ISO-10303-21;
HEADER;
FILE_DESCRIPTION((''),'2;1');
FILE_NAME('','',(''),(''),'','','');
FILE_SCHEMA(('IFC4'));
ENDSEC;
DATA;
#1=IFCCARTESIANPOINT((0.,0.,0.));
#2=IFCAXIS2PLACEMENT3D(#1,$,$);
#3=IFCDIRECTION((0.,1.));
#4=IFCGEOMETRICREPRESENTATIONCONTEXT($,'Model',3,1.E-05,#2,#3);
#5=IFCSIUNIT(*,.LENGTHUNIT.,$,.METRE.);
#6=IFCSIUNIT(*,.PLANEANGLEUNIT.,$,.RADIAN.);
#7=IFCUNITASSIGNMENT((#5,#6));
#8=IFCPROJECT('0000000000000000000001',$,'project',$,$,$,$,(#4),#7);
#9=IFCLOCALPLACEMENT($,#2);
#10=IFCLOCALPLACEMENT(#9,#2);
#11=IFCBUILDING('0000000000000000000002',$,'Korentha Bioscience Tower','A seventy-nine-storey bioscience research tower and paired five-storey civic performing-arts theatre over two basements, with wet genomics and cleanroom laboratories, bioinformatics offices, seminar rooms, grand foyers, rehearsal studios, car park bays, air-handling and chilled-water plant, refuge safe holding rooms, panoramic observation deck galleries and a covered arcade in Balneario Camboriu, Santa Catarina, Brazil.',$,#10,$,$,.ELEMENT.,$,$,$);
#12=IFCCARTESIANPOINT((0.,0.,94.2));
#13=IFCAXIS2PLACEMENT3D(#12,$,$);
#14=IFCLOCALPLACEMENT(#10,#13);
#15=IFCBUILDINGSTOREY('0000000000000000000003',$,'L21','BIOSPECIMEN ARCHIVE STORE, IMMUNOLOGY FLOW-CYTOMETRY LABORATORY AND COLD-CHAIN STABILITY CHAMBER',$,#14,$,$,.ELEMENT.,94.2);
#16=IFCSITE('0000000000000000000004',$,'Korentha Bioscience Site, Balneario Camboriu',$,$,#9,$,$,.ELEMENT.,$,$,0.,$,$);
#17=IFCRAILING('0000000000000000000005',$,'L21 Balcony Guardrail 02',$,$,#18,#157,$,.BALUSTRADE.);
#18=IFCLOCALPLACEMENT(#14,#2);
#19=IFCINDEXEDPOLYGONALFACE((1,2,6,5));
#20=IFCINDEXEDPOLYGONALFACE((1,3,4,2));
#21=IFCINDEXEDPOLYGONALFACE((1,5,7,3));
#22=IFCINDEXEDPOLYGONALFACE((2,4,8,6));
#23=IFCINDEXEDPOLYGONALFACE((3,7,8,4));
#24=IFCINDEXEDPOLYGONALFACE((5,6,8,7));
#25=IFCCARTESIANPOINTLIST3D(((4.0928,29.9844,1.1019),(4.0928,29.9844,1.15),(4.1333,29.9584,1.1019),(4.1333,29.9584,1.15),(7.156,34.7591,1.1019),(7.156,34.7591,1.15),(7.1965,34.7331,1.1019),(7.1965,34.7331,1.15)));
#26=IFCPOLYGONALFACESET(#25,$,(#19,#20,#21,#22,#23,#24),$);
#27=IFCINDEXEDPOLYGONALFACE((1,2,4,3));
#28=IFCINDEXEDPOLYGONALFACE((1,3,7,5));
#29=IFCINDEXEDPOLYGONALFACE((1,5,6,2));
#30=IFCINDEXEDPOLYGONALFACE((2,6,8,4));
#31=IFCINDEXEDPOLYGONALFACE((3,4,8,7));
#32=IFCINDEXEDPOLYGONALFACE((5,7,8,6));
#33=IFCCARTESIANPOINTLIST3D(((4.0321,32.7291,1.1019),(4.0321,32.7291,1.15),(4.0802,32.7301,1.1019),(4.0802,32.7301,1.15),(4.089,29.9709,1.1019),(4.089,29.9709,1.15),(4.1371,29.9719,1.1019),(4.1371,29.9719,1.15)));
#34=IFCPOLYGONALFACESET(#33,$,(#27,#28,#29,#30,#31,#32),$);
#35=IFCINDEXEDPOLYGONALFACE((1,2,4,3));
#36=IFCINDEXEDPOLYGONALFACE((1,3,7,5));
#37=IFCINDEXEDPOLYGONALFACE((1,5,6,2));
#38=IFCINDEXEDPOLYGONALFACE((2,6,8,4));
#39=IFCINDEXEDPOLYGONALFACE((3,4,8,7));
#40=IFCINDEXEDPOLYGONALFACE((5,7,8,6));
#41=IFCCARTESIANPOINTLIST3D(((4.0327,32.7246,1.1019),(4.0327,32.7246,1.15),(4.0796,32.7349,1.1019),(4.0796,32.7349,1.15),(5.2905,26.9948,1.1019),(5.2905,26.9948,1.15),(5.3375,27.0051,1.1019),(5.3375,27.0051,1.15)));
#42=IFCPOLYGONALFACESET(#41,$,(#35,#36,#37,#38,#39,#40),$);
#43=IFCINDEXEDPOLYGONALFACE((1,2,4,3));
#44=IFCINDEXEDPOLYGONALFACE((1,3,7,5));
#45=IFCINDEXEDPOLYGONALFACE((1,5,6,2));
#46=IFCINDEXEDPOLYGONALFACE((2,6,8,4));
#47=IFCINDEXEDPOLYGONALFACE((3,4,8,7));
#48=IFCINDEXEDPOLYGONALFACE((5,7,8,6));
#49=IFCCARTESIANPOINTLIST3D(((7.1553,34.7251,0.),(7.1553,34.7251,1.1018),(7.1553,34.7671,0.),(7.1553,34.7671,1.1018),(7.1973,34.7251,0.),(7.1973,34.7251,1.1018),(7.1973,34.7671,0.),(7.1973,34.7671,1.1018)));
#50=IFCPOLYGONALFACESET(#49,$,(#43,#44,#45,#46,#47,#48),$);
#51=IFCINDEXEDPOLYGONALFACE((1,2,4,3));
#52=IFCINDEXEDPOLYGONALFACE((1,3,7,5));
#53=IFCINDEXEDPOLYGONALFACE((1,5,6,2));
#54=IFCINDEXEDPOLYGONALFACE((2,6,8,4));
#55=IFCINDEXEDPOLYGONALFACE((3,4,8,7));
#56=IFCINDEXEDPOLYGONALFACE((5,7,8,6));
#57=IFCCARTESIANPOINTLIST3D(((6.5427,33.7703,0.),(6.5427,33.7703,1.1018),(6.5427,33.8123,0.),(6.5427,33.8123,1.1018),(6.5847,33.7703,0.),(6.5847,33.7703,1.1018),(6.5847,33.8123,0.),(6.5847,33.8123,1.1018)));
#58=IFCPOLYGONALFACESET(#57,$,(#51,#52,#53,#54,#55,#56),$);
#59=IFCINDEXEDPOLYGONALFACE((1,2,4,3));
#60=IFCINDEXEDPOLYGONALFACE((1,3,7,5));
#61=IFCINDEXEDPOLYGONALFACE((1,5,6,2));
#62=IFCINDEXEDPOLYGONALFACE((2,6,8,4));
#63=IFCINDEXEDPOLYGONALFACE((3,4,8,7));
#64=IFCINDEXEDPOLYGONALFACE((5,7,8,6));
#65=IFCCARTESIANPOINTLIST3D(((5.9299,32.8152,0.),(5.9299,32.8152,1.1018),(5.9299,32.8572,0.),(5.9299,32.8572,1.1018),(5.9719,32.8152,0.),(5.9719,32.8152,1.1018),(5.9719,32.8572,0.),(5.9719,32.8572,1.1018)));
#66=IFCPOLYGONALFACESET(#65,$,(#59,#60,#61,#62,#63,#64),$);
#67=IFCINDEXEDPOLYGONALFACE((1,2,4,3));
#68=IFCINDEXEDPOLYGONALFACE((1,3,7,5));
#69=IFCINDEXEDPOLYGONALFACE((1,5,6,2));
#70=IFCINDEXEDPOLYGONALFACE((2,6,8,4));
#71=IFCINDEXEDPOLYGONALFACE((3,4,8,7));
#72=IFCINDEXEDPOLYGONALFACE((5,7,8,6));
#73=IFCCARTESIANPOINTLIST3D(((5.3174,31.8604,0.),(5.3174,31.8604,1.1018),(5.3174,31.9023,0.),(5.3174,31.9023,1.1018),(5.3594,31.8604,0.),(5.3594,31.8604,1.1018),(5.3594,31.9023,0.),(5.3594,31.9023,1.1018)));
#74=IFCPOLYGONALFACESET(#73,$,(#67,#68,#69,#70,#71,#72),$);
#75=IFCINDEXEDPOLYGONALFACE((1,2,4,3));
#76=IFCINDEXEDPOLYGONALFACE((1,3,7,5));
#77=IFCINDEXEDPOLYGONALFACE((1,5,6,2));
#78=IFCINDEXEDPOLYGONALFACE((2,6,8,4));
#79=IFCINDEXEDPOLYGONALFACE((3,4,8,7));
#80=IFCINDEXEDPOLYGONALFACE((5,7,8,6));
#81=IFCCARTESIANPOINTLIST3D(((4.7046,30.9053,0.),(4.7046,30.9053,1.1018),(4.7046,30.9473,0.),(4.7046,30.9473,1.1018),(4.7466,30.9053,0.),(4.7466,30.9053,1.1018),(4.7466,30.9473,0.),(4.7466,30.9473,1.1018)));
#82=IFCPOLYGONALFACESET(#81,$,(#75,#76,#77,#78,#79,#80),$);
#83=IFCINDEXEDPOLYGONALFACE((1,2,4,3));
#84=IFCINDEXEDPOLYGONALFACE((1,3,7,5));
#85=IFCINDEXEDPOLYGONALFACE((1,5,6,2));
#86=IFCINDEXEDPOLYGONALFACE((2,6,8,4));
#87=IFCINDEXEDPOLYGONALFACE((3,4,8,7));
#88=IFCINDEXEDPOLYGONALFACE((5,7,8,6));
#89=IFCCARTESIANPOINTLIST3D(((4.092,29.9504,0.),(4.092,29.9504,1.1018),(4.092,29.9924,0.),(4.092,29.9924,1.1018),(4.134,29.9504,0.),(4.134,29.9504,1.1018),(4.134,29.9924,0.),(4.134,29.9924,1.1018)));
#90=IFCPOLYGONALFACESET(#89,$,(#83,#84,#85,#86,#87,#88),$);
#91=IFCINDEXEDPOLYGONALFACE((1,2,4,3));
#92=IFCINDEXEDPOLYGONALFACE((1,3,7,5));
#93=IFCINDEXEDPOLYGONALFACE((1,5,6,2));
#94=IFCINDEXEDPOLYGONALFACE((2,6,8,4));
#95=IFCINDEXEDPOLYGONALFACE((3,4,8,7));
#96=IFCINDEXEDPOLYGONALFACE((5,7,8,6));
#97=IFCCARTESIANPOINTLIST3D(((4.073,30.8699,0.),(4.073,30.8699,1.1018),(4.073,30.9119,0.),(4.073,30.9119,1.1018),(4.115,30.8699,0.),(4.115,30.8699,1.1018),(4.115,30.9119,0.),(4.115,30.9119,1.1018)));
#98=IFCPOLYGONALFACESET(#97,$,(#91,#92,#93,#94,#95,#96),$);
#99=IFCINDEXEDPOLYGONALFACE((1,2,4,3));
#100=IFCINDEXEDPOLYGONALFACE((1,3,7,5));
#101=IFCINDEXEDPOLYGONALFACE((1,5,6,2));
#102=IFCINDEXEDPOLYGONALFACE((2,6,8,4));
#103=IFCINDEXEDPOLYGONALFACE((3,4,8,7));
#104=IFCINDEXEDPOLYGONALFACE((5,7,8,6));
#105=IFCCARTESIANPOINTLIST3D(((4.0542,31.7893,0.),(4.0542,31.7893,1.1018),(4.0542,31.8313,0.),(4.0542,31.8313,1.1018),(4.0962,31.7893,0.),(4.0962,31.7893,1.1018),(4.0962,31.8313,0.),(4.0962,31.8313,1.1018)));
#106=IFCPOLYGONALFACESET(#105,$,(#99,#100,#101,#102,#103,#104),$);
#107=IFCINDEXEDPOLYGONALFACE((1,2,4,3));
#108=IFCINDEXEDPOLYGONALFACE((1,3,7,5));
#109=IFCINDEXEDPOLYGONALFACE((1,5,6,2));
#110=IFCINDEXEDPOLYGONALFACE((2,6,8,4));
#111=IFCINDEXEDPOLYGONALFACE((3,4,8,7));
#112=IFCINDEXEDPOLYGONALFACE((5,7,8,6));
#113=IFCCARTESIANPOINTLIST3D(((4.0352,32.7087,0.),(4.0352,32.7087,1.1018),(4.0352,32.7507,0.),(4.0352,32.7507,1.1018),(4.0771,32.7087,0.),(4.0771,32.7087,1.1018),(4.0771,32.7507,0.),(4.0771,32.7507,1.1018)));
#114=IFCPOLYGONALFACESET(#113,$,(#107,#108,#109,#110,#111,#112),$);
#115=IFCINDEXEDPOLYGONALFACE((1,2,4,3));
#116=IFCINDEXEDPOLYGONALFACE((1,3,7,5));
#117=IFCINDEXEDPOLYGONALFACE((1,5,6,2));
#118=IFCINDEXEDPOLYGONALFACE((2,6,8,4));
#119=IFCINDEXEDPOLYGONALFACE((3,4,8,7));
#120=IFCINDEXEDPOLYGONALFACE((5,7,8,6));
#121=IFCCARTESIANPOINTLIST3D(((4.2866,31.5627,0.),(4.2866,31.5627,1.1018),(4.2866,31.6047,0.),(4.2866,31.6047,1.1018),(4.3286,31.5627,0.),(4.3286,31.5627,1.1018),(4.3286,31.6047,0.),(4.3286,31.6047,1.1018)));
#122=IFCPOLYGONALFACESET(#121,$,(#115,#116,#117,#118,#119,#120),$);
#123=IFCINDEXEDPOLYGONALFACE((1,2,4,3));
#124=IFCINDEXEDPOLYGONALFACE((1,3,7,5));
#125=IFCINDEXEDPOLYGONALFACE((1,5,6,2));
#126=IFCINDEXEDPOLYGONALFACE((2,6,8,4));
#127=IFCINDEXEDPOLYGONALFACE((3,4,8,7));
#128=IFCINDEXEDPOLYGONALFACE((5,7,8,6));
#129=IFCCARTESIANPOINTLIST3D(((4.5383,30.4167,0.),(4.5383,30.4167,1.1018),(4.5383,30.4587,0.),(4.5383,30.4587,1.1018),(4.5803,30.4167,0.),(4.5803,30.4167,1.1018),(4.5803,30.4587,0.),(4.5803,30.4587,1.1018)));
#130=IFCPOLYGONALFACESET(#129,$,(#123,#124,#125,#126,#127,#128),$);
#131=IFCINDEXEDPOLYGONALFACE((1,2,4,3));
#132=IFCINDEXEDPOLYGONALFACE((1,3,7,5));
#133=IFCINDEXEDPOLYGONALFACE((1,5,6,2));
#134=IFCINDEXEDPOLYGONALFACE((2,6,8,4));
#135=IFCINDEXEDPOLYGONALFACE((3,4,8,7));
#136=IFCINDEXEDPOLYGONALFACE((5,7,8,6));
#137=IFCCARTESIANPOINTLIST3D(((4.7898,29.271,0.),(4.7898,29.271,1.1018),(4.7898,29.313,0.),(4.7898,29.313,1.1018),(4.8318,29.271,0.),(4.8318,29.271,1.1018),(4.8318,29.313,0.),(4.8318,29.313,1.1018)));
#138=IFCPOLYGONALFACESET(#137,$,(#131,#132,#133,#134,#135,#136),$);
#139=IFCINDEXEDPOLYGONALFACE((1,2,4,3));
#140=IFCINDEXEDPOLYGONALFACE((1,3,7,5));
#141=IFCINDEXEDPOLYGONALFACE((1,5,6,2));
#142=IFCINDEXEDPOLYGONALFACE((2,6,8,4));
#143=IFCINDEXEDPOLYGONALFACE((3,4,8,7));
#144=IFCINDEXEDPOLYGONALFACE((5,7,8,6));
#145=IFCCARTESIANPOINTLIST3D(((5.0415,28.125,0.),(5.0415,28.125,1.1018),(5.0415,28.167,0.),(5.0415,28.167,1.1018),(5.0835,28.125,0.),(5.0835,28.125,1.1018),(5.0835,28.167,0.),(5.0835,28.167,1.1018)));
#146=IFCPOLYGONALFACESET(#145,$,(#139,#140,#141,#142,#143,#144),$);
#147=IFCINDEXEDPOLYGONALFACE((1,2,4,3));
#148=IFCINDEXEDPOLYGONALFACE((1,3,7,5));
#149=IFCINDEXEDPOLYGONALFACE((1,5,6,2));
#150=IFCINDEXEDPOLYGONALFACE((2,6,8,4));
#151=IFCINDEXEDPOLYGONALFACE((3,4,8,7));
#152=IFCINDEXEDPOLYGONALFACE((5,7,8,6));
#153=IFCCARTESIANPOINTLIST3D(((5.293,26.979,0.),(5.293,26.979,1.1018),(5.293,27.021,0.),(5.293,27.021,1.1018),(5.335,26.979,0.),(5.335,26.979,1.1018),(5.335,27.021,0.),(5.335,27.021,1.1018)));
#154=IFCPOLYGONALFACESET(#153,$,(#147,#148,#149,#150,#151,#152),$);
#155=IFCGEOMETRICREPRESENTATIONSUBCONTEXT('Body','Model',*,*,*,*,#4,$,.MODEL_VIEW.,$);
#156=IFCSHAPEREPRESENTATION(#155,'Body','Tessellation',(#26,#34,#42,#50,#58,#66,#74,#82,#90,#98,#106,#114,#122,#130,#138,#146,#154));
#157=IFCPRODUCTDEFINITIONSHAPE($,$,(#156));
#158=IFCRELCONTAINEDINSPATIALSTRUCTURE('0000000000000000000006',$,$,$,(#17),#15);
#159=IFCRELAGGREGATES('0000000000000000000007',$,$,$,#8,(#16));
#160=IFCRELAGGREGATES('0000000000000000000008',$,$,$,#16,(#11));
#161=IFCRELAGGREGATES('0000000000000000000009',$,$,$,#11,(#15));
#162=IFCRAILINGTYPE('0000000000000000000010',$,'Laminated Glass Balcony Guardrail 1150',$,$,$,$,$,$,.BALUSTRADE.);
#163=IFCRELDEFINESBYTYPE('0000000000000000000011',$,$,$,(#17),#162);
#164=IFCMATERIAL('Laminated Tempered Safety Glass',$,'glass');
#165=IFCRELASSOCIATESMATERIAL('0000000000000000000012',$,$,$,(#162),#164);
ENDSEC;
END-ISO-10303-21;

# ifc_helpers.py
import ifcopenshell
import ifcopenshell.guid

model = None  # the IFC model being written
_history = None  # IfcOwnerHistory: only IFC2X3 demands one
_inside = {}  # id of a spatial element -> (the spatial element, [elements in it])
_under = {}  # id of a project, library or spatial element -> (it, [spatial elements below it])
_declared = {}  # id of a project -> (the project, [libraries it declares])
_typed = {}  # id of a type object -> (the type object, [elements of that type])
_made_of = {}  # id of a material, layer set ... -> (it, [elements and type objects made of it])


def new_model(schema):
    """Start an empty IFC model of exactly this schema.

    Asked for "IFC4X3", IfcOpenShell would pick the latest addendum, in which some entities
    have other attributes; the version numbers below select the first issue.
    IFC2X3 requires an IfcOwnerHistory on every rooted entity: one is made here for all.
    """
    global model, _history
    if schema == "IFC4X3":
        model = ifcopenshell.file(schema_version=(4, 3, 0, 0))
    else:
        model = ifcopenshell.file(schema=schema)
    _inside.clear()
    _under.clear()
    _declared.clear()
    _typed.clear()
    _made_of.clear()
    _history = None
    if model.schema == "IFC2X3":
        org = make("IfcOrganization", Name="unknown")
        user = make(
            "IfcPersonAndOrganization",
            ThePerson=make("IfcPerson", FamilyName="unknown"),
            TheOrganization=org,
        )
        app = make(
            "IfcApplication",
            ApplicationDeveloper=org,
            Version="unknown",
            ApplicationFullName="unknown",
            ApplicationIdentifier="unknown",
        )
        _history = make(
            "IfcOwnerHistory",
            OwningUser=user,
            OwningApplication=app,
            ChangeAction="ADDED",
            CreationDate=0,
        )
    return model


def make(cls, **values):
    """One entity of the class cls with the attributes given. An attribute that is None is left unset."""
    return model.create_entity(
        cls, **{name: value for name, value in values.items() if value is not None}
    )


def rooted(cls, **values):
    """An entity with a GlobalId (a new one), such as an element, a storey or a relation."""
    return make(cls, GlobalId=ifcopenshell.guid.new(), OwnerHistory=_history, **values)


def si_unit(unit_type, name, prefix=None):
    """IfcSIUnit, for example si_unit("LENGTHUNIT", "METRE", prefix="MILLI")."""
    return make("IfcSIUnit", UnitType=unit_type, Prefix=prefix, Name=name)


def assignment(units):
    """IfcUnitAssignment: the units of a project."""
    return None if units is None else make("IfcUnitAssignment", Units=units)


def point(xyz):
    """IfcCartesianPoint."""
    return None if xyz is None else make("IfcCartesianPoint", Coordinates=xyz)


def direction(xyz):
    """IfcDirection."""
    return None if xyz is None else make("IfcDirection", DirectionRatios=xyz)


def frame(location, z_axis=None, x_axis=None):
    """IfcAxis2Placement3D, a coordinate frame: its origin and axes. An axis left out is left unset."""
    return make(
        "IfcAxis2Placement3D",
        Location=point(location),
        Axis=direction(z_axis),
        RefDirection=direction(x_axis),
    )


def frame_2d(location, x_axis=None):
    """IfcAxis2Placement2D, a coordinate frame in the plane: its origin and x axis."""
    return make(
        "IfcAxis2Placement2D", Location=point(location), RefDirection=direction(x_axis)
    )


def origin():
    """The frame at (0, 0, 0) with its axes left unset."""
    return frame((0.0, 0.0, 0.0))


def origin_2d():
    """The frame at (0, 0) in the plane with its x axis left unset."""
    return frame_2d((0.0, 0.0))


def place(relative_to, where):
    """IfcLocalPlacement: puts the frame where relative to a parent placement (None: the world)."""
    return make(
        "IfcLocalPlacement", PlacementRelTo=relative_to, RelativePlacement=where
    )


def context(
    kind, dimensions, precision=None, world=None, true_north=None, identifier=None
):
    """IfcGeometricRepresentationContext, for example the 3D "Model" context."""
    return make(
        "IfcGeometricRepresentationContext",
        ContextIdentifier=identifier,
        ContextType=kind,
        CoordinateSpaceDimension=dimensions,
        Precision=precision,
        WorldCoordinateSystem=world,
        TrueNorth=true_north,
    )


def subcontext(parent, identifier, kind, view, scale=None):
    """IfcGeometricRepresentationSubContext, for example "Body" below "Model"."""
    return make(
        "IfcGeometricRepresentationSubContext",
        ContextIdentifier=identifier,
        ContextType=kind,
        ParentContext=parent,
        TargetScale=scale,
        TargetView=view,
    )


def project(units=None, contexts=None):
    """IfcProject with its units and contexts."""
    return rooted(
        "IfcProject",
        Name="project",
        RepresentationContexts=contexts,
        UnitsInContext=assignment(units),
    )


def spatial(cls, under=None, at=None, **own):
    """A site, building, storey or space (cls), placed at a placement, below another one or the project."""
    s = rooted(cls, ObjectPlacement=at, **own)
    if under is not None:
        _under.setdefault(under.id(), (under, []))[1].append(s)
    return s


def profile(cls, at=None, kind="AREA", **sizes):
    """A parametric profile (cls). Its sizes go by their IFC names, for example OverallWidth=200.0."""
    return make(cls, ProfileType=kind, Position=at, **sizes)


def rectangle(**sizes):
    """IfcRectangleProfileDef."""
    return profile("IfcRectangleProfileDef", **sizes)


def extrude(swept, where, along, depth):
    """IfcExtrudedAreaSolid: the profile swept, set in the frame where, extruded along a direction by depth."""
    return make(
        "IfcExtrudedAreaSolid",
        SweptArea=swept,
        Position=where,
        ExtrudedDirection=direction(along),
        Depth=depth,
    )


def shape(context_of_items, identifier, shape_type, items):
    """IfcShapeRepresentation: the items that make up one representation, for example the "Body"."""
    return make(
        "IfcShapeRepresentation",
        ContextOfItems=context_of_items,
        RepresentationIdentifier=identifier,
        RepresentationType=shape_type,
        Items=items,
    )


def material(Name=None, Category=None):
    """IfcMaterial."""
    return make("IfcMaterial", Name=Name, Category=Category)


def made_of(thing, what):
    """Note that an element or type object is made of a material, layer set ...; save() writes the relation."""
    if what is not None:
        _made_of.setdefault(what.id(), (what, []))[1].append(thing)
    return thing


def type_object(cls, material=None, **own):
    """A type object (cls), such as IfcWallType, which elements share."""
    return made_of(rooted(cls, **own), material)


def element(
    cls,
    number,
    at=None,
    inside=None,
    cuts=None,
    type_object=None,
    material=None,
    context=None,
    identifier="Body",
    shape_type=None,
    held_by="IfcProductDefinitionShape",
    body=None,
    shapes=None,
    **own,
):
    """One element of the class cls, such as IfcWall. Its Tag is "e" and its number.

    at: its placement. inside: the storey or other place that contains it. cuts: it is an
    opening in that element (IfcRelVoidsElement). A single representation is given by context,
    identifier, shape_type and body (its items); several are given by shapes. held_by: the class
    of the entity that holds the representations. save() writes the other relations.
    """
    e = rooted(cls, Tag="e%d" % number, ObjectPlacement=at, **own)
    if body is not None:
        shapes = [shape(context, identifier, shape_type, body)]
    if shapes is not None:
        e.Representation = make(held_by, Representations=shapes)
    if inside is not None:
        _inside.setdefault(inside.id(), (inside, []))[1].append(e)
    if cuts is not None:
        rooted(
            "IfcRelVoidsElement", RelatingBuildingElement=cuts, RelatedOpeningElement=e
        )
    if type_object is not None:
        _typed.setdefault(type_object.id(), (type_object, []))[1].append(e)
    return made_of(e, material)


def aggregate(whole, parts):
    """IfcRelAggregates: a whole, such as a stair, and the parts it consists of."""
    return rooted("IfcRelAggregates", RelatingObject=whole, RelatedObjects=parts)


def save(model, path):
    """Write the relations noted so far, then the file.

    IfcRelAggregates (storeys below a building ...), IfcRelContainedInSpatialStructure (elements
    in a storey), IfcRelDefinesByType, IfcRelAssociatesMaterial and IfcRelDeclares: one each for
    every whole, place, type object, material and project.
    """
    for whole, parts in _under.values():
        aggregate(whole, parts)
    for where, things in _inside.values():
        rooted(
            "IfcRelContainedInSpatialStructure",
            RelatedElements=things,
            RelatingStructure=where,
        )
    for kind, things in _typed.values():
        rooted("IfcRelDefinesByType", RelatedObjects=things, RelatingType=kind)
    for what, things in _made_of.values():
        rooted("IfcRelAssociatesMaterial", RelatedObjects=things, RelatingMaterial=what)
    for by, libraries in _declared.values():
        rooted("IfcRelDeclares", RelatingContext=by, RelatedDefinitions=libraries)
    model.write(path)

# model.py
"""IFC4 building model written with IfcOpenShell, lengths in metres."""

from ifc_helpers import new_model, si_unit, direction, frame, origin, origin_2d, place, context, subcontext, project, spatial, rectangle, extrude, material, type_object, element, save


model = new_model("IFC4")

# Units and contexts
model_context = context("Model", 3, precision=1e-05, world=origin(), true_north=direction((0.0, 1.0)))
body_context = subcontext(model_context, "Body", "Model", "MODEL_VIEW")
ifc_project = project(units=[si_unit("LENGTHUNIT", "METRE"), si_unit("PLANEANGLEUNIT", "RADIAN")], contexts=[model_context])

# Site, building, storey
site_placement = place(None, origin())
site = spatial("IfcSite", under=ifc_project, at=site_placement, Name="Korentha Bioscience Site, Balneario Camboriu", CompositionType="ELEMENT", RefElevation=0.0)
building_placement = place(site_placement, origin())
building = spatial("IfcBuilding", under=site, at=building_placement, Name="Korentha Bioscience Tower", Description="A seventy-nine-storey bioscience research tower and paired five-storey civic performing-arts theatre over two basements, with wet genomics and cleanroom laboratories, bioinformatics offices, seminar rooms, grand foyers, rehearsal studios, car park bays, air-handling and chilled-water plant, refuge safe holding rooms, panoramic observation deck galleries and a covered arcade in Balneario Camboriu, Santa Catarina, Brazil.", CompositionType="ELEMENT")
storey_placement = place(building_placement, frame((0.0, 0.0, 94.2)))
storey = spatial("IfcBuildingStorey", under=building, at=storey_placement, Name="L21", Description="BIOSPECIMEN ARCHIVE STORE, IMMUNOLOGY FLOW-CYTOMETRY LABORATORY AND COLD-CHAIN STABILITY CHAMBER", CompositionType="ELEMENT", Elevation=94.2)

# Railing
ifc_material_1 = material(Name="Laminated Tempered Safety Glass", Category="glass")
railing_type = type_object("IfcRailingType", Name="Laminated Glass Balcony Guardrail 1150", PredefinedType="BALUSTRADE", material=ifc_material_1)
railing_placement = place(storey_placement, frame((7.1763, 34.7461, 0.0)))
element("IfcRailing", 1, at=railing_placement, inside=storey, type_object=railing_type, Name="L21 Balcony Guardrail 02", PredefinedType="BALUSTRADE", context=body_context, shape_type="SweptSolid", body=[
    extrude(rectangle(XDim=0.0481, YDim=0.0481, at=origin_2d()), frame((0.0, 0.0, 1.126), z_axis=(-0.539985, -0.841675, 0.0), x_axis=(0.841675, -0.539985, 0.0)), (0.0, 0.0, 1.0), 5.6729),
    extrude(rectangle(XDim=0.0481, YDim=0.0481, at=origin_2d()), frame((-3.0632, -4.7747, 1.126), z_axis=(-0.020619, 0.999787, 0.0), x_axis=(-0.999787, -0.020619, 0.0)), (0.0, 0.0, 1.0), 2.7588),
    extrude(rectangle(XDim=0.0481, YDim=0.0481, at=origin_2d()), frame((-3.1201, -2.0164, 1.126), z_axis=(0.214418, -0.976742, 0.0), x_axis=(0.976742, 0.214418, 0.0)), (0.0, 0.0, 1.0), 5.8662),
    extrude(rectangle(XDim=0.042, YDim=0.042, at=origin_2d()), origin(), (0.0, 0.0, 1.0), 1.1018),
    extrude(rectangle(XDim=0.042, YDim=0.042, at=origin_2d()), frame((-0.6125, -0.9548, 0.0)), (0.0, 0.0, 1.0), 1.1018),
    extrude(rectangle(XDim=0.042, YDim=0.042, at=origin_2d()), frame((-1.2253, -1.9099, 0.0)), (0.0, 0.0, 1.0), 1.1018),
    extrude(rectangle(XDim=0.042, YDim=0.042, at=origin_2d()), frame((-1.8379, -2.8647, 0.0)), (0.0, 0.0, 1.0), 1.1018),
    extrude(rectangle(XDim=0.042, YDim=0.042, at=origin_2d()), frame((-2.4507, -3.8198, 0.0)), (0.0, 0.0, 1.0), 1.1018),
    extrude(rectangle(XDim=0.042, YDim=0.042, at=origin_2d()), frame((-3.0632, -4.7747, 0.0)), (0.0, 0.0, 1.0), 1.1018),
    extrude(rectangle(XDim=0.042, YDim=0.042, at=origin_2d()), frame((-3.0823, -3.8552, 0.0)), (0.0, 0.0, 1.0), 1.1018),
    extrude(rectangle(XDim=0.042, YDim=0.042, at=origin_2d()), frame((-3.1011, -2.9358, 0.0)), (0.0, 0.0, 1.0), 1.1018),
    extrude(rectangle(XDim=0.042, YDim=0.042, at=origin_2d()), frame((-3.1201, -2.0164, 0.0)), (0.0, 0.0, 1.0), 1.1018),
    extrude(rectangle(XDim=0.042, YDim=0.042, at=origin_2d()), frame((-2.8687, -3.1624, 0.0)), (0.0, 0.0, 1.0), 1.1018),
    extrude(rectangle(XDim=0.042, YDim=0.042, at=origin_2d()), frame((-2.6169, -4.3083, 0.0)), (0.0, 0.0, 1.0), 1.1018),
    extrude(rectangle(XDim=0.042, YDim=0.042, at=origin_2d()), frame((-2.3655, -5.4541, 0.0)), (0.0, 0.0, 1.0), 1.1018),
    extrude(rectangle(XDim=0.042, YDim=0.042, at=origin_2d()), frame((-2.1138, -6.6001, 0.0)), (0.0, 0.0, 1.0), 1.1018),
    extrude(rectangle(XDim=0.042, YDim=0.042, at=origin_2d()), frame((-1.8623, -7.7461, 0.0)), (0.0, 0.0, 1.0), 1.1018),
])

save(model, "model.ifc")
